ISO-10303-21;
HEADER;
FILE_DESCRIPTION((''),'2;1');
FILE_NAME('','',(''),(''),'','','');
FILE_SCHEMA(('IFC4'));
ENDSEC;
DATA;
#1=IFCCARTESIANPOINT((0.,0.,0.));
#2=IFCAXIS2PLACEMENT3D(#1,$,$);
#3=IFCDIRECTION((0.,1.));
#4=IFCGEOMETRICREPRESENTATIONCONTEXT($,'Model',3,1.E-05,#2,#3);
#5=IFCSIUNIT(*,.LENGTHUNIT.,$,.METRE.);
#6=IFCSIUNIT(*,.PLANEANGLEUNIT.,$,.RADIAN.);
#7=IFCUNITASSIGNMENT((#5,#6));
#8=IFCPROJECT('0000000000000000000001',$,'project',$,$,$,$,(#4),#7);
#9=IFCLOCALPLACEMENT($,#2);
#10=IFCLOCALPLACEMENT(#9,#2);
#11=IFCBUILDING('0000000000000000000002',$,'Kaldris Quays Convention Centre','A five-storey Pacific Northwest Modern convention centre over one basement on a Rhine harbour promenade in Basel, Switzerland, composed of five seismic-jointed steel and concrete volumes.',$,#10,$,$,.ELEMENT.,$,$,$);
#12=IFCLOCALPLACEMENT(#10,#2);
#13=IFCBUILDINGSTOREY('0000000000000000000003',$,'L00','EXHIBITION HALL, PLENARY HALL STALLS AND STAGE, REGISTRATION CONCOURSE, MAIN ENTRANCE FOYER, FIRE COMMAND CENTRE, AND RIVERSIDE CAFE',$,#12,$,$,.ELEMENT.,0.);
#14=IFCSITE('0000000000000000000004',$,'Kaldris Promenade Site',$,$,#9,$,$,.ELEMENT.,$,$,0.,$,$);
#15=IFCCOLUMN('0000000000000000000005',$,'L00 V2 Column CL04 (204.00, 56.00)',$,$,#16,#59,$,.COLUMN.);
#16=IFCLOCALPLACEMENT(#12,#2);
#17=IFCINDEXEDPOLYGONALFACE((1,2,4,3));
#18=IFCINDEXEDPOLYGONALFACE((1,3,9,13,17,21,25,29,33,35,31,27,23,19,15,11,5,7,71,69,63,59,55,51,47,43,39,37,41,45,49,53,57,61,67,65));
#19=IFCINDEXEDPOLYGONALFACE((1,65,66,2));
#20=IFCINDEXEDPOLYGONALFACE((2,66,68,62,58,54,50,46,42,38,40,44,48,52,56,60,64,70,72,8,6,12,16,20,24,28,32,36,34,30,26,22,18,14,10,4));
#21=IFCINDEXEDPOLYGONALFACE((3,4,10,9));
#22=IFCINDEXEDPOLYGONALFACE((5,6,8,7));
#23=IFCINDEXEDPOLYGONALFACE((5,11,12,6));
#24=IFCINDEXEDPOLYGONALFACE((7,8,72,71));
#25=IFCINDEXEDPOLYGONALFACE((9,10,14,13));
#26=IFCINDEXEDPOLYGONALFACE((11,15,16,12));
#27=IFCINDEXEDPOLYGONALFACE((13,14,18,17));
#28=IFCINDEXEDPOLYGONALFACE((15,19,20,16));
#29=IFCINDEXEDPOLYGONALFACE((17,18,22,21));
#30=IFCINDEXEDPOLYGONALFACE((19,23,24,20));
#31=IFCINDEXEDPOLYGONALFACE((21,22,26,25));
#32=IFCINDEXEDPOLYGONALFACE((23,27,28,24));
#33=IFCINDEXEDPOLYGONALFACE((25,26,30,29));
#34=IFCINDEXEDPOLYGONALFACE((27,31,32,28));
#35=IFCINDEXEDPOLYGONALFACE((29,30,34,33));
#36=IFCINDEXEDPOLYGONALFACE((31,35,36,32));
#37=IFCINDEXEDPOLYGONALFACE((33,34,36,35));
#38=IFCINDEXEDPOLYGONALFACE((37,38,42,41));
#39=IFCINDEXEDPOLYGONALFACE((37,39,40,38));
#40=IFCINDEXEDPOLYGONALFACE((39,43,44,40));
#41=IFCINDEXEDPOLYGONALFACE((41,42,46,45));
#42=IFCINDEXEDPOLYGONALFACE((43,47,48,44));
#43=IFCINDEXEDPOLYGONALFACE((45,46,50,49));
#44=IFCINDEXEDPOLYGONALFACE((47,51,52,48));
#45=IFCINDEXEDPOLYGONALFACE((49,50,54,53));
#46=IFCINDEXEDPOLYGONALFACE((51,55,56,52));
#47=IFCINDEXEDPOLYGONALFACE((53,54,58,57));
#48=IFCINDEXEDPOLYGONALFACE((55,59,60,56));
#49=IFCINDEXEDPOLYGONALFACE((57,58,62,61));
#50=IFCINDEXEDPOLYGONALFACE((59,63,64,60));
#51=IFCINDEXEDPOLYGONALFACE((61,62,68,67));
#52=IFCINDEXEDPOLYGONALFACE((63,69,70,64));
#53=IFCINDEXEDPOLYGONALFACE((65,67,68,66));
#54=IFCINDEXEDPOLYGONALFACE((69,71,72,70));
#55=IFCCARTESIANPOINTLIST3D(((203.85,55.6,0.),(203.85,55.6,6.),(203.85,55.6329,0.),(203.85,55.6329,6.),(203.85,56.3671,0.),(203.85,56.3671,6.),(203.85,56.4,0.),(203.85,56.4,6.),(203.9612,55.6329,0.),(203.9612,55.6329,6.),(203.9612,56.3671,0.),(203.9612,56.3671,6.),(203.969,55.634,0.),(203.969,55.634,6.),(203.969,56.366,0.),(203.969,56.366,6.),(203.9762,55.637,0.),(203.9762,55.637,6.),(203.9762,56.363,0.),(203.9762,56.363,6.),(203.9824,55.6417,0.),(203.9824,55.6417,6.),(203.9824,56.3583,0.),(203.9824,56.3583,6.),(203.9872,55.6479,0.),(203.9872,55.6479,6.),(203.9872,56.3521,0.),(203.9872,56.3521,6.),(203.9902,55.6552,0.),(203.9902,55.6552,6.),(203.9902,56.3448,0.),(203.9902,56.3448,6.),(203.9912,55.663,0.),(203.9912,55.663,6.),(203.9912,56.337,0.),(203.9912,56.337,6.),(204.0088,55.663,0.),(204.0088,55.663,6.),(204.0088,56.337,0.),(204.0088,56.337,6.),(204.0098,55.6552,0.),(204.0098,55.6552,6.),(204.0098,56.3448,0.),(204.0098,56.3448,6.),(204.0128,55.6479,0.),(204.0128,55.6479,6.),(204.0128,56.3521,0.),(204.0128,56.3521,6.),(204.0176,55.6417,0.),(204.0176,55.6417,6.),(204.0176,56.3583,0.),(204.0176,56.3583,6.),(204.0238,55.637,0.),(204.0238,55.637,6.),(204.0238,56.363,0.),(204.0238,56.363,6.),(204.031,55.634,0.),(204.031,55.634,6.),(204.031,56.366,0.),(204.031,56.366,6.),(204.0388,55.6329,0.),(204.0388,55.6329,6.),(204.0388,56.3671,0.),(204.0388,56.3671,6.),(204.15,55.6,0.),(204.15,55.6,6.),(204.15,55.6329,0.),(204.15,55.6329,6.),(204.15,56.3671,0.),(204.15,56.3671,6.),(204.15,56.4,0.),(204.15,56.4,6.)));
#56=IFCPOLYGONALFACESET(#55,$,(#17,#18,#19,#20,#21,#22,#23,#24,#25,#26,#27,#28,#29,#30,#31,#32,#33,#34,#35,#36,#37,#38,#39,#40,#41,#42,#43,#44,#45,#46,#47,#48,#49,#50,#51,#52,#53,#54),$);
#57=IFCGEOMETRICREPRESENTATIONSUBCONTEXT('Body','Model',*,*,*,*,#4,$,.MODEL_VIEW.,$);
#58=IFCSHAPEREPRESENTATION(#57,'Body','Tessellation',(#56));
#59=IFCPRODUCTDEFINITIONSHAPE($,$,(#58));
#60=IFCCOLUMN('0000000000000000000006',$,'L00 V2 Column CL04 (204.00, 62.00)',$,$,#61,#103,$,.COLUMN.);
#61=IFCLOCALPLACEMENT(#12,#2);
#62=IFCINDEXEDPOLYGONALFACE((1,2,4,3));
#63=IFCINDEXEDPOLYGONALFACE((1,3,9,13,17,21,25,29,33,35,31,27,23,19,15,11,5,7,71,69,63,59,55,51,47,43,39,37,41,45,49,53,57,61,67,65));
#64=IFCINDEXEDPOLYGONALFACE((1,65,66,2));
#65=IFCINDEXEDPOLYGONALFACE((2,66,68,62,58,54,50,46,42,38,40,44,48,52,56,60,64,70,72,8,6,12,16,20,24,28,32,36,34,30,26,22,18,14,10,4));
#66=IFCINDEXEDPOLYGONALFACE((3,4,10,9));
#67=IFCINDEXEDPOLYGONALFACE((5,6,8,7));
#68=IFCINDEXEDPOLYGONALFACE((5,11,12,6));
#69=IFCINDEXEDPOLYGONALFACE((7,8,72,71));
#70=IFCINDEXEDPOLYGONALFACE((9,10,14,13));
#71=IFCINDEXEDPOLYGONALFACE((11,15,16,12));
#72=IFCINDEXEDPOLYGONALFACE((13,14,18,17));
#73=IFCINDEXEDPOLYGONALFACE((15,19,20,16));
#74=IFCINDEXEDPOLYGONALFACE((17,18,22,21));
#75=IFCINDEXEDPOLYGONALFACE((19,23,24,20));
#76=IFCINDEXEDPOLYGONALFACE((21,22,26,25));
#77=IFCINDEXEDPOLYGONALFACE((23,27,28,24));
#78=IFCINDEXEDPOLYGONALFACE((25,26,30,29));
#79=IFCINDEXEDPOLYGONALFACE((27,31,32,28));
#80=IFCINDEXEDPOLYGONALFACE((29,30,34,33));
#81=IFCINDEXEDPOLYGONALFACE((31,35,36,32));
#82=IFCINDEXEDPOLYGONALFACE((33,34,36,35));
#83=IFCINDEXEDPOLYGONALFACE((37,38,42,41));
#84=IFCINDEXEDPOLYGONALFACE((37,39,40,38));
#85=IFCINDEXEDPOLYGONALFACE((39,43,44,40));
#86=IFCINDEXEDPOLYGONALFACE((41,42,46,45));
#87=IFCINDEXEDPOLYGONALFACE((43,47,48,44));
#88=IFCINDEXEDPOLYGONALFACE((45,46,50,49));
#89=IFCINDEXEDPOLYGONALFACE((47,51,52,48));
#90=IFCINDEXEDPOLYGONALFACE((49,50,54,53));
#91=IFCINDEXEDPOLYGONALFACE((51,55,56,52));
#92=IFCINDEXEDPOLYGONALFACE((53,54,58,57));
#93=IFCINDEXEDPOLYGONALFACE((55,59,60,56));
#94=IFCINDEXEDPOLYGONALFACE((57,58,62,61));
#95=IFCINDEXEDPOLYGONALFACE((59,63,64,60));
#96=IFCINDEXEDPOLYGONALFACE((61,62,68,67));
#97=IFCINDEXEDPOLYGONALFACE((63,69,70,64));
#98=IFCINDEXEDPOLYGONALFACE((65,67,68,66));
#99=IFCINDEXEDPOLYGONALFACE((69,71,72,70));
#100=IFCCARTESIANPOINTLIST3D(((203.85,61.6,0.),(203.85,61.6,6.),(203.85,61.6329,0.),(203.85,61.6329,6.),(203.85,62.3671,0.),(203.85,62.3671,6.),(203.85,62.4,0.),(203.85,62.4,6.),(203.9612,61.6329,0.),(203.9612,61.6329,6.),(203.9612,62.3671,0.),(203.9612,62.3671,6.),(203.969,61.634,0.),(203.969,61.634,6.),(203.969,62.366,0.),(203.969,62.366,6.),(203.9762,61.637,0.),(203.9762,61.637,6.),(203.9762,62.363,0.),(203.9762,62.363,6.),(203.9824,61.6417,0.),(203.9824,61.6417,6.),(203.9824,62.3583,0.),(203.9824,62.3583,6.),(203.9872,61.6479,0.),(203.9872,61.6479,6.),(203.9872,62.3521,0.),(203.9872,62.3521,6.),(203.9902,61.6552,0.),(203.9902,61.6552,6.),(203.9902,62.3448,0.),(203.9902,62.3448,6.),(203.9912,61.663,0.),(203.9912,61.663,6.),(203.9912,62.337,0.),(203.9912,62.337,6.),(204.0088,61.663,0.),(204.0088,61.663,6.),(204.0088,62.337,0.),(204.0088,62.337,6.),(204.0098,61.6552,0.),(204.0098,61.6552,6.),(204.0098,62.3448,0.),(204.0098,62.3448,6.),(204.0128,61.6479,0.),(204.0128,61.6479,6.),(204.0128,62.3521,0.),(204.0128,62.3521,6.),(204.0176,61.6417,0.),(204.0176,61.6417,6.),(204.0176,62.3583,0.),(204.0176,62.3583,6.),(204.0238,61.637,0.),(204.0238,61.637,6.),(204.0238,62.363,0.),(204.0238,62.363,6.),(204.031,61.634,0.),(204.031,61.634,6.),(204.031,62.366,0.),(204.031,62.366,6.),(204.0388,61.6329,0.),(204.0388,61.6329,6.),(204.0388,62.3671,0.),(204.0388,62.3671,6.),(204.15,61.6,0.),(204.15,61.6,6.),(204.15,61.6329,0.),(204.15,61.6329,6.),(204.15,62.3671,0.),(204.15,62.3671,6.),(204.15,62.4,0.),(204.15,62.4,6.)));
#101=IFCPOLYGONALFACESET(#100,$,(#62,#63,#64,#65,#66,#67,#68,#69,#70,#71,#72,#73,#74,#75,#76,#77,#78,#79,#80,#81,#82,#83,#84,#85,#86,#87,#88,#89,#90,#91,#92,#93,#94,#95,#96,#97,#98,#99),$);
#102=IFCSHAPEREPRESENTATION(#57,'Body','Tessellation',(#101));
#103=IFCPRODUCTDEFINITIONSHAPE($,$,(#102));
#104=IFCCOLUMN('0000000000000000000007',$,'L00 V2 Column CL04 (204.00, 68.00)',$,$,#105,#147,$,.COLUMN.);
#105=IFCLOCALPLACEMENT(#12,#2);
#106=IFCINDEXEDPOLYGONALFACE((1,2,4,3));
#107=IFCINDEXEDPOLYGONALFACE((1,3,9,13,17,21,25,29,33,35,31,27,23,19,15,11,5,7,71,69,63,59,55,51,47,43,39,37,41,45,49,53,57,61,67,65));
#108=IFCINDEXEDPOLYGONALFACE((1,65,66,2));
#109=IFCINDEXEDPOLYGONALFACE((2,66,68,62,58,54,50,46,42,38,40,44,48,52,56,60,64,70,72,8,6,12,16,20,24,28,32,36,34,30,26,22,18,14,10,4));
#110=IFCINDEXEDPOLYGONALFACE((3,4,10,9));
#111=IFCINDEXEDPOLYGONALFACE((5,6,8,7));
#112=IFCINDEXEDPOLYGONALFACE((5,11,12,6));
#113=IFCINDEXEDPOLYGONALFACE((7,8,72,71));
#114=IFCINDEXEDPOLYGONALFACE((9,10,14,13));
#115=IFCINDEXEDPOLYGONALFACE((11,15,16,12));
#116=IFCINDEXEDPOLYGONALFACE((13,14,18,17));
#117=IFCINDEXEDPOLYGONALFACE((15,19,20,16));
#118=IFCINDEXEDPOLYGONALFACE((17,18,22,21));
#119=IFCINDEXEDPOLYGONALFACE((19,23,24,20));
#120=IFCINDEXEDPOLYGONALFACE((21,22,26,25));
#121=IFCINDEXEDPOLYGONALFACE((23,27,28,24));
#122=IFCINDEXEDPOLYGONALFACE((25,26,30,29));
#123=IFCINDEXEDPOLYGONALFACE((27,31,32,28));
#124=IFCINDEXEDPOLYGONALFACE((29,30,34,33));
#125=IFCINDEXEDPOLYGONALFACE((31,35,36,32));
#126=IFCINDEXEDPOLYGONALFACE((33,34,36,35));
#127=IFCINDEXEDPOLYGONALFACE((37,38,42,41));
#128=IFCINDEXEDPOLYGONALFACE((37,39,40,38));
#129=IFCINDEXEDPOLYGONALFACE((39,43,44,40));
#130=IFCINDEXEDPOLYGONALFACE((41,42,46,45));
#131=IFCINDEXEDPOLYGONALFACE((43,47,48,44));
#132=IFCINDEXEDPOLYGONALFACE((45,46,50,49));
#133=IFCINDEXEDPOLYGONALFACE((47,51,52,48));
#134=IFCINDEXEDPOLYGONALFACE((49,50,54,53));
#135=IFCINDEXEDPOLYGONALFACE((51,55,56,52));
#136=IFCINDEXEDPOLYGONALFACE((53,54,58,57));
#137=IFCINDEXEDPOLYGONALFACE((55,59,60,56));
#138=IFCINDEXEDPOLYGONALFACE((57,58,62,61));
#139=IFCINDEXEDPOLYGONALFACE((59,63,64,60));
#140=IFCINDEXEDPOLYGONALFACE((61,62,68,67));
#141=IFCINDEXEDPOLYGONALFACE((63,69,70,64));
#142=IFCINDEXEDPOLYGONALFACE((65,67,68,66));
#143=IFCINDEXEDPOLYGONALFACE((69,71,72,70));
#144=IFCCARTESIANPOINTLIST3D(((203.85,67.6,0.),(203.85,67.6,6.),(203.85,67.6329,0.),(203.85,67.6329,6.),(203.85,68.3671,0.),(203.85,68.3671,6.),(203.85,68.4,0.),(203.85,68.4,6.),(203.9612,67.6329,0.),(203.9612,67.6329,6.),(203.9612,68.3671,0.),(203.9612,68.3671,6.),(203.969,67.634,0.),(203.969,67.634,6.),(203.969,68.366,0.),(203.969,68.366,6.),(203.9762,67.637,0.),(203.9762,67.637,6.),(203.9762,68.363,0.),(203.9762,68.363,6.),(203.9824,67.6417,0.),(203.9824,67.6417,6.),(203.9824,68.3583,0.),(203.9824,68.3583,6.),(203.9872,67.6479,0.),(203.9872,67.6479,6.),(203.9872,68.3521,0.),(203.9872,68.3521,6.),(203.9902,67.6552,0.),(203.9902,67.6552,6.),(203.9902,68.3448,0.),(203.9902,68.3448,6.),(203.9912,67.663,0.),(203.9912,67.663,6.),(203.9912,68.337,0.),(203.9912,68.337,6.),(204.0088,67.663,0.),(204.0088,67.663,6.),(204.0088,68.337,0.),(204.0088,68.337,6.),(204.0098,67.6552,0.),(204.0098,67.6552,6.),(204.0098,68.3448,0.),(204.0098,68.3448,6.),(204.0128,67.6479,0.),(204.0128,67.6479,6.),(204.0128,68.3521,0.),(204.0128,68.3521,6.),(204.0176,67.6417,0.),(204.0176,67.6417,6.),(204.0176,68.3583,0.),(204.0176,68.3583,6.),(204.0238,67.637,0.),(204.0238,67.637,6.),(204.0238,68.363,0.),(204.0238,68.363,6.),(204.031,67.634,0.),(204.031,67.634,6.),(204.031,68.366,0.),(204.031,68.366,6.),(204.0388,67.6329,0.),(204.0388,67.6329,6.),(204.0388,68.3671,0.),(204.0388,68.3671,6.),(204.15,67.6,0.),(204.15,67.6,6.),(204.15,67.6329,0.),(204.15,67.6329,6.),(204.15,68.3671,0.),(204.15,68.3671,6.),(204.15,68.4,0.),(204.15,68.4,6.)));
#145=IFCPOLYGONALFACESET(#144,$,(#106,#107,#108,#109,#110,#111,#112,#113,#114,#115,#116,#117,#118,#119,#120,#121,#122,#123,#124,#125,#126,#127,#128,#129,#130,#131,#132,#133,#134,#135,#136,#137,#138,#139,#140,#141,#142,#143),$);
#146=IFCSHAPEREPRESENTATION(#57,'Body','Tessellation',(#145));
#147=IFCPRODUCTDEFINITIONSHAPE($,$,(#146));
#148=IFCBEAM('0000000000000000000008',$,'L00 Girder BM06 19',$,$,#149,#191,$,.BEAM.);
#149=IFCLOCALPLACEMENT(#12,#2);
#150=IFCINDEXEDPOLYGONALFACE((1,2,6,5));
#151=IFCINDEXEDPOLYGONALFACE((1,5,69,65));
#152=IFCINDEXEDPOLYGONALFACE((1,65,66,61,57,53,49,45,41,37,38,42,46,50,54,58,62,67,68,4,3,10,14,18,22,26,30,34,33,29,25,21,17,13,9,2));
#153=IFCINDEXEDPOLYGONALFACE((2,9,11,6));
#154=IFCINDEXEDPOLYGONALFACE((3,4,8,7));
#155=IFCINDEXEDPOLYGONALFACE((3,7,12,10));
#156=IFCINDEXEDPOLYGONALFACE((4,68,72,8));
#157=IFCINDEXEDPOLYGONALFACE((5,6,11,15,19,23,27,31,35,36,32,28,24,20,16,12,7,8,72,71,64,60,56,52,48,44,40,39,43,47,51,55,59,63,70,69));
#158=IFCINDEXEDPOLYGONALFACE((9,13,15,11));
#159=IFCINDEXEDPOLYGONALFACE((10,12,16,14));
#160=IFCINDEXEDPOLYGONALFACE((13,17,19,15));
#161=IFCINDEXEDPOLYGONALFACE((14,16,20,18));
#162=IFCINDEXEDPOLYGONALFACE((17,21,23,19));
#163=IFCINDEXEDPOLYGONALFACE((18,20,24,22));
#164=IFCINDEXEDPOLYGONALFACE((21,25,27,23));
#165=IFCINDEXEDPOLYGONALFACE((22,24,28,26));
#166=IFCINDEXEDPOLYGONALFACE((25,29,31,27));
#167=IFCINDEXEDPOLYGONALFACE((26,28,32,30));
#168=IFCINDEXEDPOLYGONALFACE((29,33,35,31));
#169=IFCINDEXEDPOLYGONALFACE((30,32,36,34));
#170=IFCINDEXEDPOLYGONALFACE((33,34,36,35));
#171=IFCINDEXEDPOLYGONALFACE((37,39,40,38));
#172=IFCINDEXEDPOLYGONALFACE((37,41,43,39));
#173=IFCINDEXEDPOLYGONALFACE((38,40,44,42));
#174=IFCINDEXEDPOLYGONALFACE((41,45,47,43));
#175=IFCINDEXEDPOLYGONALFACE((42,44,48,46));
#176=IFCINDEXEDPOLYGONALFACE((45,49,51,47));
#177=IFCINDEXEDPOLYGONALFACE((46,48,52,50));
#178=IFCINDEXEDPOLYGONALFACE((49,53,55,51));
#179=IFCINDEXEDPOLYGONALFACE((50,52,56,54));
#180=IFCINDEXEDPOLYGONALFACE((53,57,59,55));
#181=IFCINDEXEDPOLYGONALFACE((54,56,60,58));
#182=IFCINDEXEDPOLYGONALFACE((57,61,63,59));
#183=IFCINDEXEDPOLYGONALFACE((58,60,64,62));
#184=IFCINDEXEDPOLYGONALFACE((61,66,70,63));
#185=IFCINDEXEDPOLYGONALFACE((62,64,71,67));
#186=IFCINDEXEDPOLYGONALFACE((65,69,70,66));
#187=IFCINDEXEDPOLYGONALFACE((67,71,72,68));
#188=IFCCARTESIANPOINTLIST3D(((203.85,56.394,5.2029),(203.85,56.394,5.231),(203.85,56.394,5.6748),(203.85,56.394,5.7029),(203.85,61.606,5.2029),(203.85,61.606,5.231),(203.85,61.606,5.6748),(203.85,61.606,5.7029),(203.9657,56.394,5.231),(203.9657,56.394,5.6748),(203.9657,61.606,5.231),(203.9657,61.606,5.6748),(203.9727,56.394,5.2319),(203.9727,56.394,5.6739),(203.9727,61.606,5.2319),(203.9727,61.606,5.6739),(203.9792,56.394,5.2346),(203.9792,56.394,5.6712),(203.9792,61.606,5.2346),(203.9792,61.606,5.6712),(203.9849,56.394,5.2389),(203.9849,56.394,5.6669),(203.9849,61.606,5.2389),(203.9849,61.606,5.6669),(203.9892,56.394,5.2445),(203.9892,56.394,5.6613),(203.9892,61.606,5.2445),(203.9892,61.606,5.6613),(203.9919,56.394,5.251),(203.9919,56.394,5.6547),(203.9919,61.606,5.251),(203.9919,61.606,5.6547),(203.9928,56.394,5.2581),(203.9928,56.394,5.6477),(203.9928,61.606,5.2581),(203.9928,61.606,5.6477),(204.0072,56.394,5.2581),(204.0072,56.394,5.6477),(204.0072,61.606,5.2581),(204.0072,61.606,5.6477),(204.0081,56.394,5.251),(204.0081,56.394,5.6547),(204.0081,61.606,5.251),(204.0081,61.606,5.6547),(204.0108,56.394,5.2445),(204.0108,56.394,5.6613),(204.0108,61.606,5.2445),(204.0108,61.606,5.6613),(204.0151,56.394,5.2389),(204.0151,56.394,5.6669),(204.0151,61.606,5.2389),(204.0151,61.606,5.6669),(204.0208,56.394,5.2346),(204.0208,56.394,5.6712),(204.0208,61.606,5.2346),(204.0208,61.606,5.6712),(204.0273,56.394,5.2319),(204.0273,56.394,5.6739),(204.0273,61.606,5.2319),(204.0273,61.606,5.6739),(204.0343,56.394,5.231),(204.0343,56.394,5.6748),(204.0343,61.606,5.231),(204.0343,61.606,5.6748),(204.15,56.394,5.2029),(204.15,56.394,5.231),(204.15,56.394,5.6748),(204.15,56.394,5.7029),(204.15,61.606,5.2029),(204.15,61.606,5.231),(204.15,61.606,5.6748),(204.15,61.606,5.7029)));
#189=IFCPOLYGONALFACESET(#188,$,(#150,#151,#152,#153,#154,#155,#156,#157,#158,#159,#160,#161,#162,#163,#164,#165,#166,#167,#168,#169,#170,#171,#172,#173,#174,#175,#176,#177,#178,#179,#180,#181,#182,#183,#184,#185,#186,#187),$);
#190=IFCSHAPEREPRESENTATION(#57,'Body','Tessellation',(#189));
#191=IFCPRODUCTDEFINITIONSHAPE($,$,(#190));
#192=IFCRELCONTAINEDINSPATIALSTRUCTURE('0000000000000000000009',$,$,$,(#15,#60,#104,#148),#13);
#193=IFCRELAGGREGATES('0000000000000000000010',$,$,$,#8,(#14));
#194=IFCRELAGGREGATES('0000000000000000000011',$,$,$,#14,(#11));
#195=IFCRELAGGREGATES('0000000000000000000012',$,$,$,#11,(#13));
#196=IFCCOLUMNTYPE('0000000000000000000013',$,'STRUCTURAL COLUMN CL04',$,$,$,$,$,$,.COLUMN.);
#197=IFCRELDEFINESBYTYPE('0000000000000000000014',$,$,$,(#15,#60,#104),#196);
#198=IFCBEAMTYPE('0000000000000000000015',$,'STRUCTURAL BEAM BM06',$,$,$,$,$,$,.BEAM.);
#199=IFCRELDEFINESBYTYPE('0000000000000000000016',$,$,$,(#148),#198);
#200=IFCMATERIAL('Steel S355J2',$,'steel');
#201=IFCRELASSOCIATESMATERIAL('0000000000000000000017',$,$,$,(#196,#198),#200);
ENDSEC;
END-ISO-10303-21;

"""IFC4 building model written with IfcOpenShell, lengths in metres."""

from ifc_helpers import new_model, si_unit, direction, frame, origin, origin_2d, place, context, subcontext, project, spatial, i_section, extrude, material, material_profile, profile_set, type_object, element, save


model = new_model("IFC4")

# Units and contexts
model_context = context("Model", 3, precision=1e-05, world=origin(), true_north=direction((0.0, 1.0)))
body_context = subcontext(model_context, "Body", "Model", "MODEL_VIEW")
ifc_project = project(units=[si_unit("LENGTHUNIT", "METRE"), si_unit("PLANEANGLEUNIT", "RADIAN")], contexts=[model_context])

# Site, building, storey
site_placement = place(None, origin())
site = spatial("IfcSite", under=ifc_project, at=site_placement, Name="Kaldris Promenade Site", CompositionType="ELEMENT", RefElevation=0.0)
building_placement = place(site_placement, origin())
building = spatial("IfcBuilding", under=site, at=building_placement, Name="Kaldris Quays Convention Centre", Description="A five-storey Pacific Northwest Modern convention centre over one basement on a Rhine harbour promenade in Basel, Switzerland, composed of five seismic-jointed steel and concrete volumes.", CompositionType="ELEMENT")
storey_placement = place(building_placement, origin())
storey = spatial("IfcBuildingStorey", under=building, at=storey_placement, Name="L00", Description="EXHIBITION HALL, PLENARY HALL STALLS AND STAGE, REGISTRATION CONCOURSE, MAIN ENTRANCE FOYER, FIRE COMMAND CENTRE, AND RIVERSIDE CAFE", CompositionType="ELEMENT", Elevation=0.0)

# Columns
ifc_material_1 = material(Name="Steel S355J2", Category="steel")
ifc_material_profile_1 = material_profile(ifc_material_1, i_section(OverallWidth=0.3, OverallDepth=0.8, WebThickness=0.0176, FlangeThickness=0.033, FilletRadius=0.03, at=origin_2d()), Name="HEB 800")
ifc_profile_set_1 = profile_set([ifc_material_profile_1], Name="Steel S355J2")
column_type = type_object("IfcColumnType", Name="STRUCTURAL COLUMN CL04", PredefinedType="COLUMN", material=ifc_profile_set_1)
for number, where, z_axis, x_axis, name in (
    (1, (204.0, 56.0, 0.0), (0.0, 0.0, 1.0), (1.0, 0.0, 0.0), "L00 V2 Column CL04 (204.00, 56.00)"),
    (2, (204.0, 62.0, 0.0), (0.0, 0.0, 1.0), (1.0, 0.0, 0.0), "L00 V2 Column CL04 (204.00, 62.00)"),
    (3, (204.0, 68.0, 0.0), (0.0, 0.0, 1.0), (1.0, 0.0, 0.0), "L00 V2 Column CL04 (204.00, 68.00)"),
):
    element("IfcColumn", number, at=place(storey_placement, frame(where, z_axis=z_axis, x_axis=x_axis)), inside=storey, type_object=column_type, Name=name, PredefinedType="COLUMN", context=body_context, shape_type="SweptSolid", body=[
        extrude(i_section(OverallWidth=0.3, OverallDepth=0.8, WebThickness=0.0176, FlangeThickness=0.033, FilletRadius=0.03, at=origin_2d()), origin(), (0.0, 0.0, 1.0), 6.0),
    ])

# Beam
ifc_material_profile_2 = material_profile(ifc_material_1, i_section(OverallWidth=0.3, OverallDepth=0.5, WebThickness=0.0144, FlangeThickness=0.0281, FilletRadius=0.0271, at=origin_2d()), Name="HEB 500")
ifc_profile_set_2 = profile_set([ifc_material_profile_2], Name="Steel S355J2")
beam_type_1 = type_object("IfcBeamType", Name="STRUCTURAL BEAM BM06", PredefinedType="BEAM", material=ifc_profile_set_2)
for number, where, z_axis, x_axis, name in (
    (4, (204.0, 56.394, 5.4529), (0.0, 1.0, 0.0), (-1.0, 0.0, 0.0), "L00 Girder BM06 19"),
):
    element("IfcBeam", number, at=place(storey_placement, frame(where, z_axis=z_axis, x_axis=x_axis)), inside=storey, type_object=beam_type_1, Name=name, PredefinedType="BEAM", context=body_context, shape_type="SweptSolid", body=[
        extrude(i_section(OverallWidth=0.3, OverallDepth=0.5, WebThickness=0.0144, FlangeThickness=0.0281, FilletRadius=0.0271, at=origin_2d()), origin(), (0.0, 0.0, 1.0), 5.2119),
    ])

save(model, "model.ifc")
